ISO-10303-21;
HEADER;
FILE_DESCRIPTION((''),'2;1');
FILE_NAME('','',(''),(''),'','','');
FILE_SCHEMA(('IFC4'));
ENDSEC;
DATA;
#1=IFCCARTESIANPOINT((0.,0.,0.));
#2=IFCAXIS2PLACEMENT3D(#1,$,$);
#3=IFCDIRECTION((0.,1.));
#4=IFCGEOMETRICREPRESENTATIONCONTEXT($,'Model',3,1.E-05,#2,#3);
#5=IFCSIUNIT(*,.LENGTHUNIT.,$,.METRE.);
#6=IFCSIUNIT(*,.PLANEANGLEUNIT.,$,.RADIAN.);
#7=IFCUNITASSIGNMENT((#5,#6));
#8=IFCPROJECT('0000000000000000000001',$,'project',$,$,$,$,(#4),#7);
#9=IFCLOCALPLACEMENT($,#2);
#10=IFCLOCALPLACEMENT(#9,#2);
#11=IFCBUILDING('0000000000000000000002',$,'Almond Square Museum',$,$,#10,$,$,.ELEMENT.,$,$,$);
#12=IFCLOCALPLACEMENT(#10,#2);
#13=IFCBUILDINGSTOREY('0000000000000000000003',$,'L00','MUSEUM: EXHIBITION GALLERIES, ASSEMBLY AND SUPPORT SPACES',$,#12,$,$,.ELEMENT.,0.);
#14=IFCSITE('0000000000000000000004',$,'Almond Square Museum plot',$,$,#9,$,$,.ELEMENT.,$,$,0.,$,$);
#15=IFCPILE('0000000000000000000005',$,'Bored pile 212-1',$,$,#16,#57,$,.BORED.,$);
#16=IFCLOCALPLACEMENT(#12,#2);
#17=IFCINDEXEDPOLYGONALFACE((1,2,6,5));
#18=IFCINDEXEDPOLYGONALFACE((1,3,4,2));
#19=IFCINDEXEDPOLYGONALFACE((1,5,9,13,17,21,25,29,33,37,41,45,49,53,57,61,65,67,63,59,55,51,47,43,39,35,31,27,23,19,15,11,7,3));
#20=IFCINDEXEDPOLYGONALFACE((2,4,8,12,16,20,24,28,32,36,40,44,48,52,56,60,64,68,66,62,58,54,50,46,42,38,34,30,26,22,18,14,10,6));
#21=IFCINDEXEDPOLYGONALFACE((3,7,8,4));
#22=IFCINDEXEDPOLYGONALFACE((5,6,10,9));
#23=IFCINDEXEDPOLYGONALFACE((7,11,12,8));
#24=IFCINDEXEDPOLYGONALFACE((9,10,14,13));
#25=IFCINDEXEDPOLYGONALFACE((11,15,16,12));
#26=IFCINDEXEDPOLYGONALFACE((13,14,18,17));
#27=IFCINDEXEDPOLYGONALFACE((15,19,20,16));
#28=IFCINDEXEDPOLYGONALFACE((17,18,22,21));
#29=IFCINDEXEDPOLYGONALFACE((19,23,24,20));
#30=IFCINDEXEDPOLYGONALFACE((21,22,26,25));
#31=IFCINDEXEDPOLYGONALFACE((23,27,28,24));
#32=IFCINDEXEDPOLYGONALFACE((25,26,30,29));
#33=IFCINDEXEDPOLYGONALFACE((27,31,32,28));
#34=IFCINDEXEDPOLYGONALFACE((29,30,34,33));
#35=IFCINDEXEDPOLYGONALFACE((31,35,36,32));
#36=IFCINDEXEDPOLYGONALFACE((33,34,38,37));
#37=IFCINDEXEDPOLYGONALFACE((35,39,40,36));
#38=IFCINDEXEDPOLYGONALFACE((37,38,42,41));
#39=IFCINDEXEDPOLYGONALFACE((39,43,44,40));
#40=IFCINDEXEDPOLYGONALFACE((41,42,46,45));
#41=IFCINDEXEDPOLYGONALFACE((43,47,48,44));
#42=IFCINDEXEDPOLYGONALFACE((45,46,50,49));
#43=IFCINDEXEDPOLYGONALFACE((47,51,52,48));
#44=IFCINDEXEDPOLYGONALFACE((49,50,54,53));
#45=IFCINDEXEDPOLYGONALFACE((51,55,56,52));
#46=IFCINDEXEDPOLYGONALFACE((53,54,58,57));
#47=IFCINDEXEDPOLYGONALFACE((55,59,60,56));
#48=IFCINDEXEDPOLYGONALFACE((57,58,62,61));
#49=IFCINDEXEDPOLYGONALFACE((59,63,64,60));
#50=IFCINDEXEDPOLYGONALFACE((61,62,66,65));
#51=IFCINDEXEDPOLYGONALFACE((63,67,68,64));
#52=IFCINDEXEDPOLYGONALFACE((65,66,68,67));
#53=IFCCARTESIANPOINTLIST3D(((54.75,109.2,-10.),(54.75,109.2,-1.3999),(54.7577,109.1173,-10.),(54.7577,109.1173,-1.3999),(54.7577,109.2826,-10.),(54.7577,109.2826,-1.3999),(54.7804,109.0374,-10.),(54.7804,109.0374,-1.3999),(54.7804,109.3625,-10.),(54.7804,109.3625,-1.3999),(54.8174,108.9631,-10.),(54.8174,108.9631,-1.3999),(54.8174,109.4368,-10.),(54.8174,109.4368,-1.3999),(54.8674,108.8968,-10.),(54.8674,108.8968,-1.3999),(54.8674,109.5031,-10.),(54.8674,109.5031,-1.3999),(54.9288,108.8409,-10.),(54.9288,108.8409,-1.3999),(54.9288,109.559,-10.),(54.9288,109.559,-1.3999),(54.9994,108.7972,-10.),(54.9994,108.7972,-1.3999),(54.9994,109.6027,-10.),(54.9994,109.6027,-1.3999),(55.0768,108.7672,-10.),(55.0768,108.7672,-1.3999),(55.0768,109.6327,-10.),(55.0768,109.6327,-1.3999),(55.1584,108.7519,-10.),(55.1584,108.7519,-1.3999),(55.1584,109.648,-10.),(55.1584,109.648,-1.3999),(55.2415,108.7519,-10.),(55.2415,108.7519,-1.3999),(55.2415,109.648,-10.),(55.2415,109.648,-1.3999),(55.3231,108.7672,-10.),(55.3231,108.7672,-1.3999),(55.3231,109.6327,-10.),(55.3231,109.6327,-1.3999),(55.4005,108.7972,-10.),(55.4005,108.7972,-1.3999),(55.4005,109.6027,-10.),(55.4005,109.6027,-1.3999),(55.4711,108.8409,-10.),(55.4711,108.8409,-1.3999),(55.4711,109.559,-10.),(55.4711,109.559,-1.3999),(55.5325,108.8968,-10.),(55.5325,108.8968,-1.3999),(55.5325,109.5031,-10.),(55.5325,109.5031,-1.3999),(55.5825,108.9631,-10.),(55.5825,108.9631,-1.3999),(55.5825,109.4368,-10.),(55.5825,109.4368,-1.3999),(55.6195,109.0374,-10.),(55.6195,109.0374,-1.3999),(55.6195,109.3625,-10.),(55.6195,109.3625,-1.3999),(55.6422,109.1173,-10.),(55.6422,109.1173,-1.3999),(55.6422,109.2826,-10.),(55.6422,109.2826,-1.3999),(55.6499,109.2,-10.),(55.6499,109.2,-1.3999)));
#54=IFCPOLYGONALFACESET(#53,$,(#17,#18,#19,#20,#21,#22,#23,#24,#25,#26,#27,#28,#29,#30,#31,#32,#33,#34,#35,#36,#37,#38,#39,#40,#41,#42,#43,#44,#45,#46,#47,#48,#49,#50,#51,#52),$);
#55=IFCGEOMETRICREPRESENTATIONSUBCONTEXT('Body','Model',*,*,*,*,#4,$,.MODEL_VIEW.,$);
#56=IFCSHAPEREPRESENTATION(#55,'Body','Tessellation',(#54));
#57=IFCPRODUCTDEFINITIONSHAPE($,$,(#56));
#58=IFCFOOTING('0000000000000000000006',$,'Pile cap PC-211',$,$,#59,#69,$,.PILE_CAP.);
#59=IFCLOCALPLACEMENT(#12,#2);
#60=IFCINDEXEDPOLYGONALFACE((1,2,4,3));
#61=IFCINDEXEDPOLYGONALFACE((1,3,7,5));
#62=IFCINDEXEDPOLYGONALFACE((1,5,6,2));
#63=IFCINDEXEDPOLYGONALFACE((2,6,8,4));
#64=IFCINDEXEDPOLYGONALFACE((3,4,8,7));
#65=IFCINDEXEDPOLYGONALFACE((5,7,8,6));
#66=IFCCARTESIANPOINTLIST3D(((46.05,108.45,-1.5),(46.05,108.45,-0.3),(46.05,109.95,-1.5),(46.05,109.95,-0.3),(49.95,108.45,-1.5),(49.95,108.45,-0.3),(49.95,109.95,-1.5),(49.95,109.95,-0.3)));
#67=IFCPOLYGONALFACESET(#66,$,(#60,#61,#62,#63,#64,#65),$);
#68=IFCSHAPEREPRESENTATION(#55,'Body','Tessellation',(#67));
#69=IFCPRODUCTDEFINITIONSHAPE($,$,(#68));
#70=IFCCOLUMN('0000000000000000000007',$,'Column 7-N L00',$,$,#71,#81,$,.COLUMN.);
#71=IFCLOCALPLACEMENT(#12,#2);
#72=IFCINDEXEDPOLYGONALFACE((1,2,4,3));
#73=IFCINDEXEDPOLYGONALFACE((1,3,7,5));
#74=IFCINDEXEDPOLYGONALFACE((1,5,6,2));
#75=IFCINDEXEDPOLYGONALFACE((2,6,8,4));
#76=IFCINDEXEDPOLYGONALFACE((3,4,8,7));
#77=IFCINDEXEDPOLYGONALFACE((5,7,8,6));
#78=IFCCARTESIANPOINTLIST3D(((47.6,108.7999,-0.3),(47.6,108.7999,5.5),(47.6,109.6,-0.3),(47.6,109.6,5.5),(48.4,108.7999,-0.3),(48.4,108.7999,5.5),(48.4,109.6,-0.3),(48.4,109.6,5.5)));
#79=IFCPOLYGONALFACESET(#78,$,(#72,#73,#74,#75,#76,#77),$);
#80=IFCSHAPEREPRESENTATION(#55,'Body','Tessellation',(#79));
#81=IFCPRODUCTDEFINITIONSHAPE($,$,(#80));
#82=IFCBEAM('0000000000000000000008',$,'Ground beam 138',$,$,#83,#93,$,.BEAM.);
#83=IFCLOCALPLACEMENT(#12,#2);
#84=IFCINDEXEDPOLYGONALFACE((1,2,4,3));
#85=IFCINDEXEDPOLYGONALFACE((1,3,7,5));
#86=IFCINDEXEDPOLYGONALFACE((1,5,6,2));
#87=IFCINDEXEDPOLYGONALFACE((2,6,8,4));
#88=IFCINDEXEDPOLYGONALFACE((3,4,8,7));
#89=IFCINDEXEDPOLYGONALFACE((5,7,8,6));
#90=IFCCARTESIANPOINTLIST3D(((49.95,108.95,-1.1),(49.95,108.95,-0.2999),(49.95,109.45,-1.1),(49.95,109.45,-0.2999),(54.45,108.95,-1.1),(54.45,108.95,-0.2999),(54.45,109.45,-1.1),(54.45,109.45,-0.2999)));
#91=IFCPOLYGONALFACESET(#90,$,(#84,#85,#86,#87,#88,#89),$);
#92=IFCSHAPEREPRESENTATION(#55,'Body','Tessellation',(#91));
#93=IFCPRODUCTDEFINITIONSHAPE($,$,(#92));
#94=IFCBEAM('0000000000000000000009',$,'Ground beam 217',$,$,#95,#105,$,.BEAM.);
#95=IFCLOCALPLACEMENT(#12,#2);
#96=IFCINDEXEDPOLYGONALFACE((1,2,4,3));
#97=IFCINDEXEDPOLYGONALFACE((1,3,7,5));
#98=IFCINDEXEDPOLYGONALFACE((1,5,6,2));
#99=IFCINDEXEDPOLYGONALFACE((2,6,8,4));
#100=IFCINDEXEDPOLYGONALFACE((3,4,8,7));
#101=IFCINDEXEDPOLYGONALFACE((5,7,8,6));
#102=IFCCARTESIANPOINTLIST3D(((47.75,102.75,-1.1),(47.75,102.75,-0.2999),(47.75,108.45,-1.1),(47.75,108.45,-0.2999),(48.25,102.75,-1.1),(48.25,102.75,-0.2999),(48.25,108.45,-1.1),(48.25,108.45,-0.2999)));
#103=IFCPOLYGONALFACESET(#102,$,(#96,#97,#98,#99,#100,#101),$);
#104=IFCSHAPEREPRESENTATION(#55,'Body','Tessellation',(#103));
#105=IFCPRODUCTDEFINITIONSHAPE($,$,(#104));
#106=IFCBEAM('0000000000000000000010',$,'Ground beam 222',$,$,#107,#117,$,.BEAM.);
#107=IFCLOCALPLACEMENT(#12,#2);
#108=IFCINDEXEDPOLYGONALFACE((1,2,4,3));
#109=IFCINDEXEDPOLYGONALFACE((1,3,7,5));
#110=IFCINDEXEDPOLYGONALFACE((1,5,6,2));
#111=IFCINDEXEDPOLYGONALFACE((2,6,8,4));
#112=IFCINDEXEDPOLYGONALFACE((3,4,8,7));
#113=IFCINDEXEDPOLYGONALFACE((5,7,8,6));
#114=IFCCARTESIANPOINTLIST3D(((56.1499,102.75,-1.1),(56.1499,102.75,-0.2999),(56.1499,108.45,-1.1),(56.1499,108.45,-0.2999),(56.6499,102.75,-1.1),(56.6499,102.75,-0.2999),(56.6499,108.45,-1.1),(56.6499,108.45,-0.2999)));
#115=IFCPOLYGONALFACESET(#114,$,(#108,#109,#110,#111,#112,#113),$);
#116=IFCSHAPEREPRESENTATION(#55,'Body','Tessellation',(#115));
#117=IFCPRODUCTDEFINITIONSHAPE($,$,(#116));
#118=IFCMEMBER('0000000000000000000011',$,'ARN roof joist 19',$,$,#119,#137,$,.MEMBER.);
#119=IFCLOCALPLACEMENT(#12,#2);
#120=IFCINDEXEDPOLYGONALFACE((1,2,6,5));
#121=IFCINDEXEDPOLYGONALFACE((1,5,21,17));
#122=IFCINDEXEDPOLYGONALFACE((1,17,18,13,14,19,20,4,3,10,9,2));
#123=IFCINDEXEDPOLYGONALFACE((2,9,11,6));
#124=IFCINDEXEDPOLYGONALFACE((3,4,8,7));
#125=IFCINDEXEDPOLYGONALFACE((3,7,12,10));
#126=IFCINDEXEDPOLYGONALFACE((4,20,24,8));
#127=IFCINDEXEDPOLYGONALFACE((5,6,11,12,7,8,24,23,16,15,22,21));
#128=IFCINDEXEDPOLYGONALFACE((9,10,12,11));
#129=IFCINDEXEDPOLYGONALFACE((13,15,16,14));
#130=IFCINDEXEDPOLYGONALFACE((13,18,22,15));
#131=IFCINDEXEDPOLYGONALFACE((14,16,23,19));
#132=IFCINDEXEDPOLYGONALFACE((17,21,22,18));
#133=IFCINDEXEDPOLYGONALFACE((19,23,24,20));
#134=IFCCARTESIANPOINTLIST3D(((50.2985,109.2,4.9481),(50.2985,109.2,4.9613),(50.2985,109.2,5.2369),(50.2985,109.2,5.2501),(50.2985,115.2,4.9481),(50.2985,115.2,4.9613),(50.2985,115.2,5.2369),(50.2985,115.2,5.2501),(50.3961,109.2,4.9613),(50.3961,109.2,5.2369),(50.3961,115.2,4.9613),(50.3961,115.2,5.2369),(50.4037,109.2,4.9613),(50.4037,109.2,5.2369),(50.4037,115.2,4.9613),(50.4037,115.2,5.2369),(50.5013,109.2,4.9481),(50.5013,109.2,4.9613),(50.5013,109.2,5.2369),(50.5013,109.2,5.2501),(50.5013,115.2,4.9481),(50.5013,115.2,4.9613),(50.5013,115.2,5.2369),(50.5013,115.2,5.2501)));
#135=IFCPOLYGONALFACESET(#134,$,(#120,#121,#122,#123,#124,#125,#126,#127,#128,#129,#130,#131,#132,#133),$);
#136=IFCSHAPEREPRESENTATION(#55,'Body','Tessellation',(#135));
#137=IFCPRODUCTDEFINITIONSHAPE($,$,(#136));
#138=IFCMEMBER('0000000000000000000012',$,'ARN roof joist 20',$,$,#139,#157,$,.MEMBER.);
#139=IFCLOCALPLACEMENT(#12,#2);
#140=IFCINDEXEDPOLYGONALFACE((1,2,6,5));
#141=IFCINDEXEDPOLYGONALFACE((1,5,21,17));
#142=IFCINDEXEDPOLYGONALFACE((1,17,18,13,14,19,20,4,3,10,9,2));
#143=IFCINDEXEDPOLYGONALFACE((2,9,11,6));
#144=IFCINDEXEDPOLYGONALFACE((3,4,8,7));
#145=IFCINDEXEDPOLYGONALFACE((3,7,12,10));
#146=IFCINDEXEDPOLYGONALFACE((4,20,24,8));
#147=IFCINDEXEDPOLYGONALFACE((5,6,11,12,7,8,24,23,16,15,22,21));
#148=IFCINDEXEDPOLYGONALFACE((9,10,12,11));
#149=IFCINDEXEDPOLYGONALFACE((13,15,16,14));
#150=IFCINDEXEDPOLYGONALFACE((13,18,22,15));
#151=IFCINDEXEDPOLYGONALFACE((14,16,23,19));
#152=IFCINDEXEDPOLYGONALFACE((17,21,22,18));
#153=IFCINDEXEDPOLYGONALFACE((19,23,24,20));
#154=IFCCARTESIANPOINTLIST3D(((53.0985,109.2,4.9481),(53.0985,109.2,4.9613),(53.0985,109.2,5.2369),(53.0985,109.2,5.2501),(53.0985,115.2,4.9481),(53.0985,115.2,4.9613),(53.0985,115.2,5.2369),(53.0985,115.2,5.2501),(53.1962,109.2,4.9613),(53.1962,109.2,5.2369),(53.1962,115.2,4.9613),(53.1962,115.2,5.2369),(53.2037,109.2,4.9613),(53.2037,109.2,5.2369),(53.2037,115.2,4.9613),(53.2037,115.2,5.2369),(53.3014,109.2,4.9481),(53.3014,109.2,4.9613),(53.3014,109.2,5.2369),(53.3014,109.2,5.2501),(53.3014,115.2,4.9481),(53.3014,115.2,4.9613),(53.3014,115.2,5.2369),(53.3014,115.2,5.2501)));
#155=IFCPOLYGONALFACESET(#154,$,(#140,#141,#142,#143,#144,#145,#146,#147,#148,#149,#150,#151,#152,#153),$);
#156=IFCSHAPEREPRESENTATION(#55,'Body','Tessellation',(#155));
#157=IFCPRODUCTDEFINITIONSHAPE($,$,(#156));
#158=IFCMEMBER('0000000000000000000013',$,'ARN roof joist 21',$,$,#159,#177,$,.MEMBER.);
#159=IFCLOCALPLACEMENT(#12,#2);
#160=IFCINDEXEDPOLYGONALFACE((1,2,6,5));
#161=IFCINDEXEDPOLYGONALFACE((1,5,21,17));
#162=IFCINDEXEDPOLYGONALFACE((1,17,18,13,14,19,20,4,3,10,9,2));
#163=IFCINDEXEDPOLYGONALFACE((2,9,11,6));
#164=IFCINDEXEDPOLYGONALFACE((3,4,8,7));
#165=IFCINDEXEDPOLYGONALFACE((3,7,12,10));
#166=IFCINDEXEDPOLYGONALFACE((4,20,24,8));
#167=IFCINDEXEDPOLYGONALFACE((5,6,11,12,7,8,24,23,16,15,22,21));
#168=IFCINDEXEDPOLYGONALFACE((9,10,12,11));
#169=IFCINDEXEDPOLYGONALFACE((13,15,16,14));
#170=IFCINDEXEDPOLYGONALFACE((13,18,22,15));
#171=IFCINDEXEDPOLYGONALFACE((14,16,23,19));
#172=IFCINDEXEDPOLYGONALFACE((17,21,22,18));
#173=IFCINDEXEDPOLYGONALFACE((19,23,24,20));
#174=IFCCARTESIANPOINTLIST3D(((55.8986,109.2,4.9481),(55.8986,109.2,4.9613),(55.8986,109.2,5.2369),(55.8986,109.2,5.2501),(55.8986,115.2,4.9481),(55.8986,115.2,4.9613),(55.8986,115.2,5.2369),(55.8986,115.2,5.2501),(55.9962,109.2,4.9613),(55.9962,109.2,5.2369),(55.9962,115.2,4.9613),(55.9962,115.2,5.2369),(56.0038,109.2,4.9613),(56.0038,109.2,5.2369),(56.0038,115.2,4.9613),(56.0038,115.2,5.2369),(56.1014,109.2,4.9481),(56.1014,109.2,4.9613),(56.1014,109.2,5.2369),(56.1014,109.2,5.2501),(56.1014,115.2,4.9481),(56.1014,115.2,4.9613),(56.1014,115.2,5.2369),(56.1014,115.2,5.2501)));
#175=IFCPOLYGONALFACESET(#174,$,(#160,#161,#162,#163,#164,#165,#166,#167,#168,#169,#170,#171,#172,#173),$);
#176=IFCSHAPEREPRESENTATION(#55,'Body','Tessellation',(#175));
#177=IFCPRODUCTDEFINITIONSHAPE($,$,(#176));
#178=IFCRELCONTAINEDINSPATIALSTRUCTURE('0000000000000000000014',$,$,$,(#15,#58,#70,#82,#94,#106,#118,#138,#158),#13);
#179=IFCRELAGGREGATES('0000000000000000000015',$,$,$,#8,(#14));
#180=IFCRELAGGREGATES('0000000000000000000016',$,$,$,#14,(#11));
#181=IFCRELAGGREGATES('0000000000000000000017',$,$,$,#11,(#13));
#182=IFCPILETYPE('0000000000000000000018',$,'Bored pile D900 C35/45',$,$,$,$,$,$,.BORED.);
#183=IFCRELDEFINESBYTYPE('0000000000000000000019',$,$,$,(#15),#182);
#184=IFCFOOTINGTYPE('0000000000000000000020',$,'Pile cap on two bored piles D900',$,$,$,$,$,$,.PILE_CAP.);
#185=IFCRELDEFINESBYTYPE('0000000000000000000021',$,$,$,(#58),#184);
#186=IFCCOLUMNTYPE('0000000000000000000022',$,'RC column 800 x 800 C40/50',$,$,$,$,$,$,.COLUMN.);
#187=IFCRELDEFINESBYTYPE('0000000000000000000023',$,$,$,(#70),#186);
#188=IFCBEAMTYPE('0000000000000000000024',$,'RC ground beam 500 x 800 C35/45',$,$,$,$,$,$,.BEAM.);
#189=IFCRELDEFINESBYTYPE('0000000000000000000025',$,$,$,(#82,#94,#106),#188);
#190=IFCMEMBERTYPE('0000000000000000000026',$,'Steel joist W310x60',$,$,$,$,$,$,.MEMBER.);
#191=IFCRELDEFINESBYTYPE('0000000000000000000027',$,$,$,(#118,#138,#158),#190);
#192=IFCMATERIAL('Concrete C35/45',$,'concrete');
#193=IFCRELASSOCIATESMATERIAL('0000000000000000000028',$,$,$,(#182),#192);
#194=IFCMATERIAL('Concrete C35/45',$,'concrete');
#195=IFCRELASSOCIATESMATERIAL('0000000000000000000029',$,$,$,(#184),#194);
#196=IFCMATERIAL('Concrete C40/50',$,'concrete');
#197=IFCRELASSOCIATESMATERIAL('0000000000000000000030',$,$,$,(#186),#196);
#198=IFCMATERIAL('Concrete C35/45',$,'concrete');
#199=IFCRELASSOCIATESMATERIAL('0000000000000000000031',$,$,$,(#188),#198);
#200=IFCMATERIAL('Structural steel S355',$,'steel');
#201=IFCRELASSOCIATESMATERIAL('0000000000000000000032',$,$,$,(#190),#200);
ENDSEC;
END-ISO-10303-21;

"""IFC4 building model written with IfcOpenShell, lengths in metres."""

from ifc_helpers import new_model, si_unit, direction, frame, origin, origin_2d, place, context, subcontext, project, spatial, rectangle, circle, i_section, extrude, material, material_profile, profile_set, type_object, element, save


model = new_model("IFC4")

# Units and contexts
model_context = context("Model", 3, precision=1e-05, world=origin(), true_north=direction((0.0, 1.0)))
body_context = subcontext(model_context, "Body", "Model", "MODEL_VIEW")
ifc_project = project(units=[si_unit("LENGTHUNIT", "METRE"), si_unit("PLANEANGLEUNIT", "RADIAN")], contexts=[model_context])

# Site, building, storey
site_placement = place(None, origin())
site = spatial("IfcSite", under=ifc_project, at=site_placement, Name="Almond Square Museum plot", CompositionType="ELEMENT", RefElevation=0.0)
building_placement = place(site_placement, origin())
building = spatial("IfcBuilding", under=site, at=building_placement, Name="Almond Square Museum", CompositionType="ELEMENT")
storey_placement = place(building_placement, origin())
storey = spatial("IfcBuildingStorey", under=building, at=storey_placement, Name="L00", Description="MUSEUM: EXHIBITION GALLERIES, ASSEMBLY AND SUPPORT SPACES", CompositionType="ELEMENT", Elevation=0.0)

# Pile
ifc_material_1 = material(Name="Concrete C35/45", Category="concrete")
ifc_material_profile_1 = material_profile(ifc_material_1, circle(Radius=0.45, at=origin_2d()))
ifc_profile_set_1 = profile_set([ifc_material_profile_1], Name="Concrete C35/45")
pile_type = type_object("IfcPileType", Name="Bored pile D900 C35/45", PredefinedType="BORED", material=ifc_profile_set_1)
for number, where, z_axis, x_axis, name in (
    (1, (55.2, 109.2, -1.3999), (0.0, 0.0, -1.0), (1.0, 0.0, 0.0), "Bored pile 212-1"),
):
    element("IfcPile", number, at=place(storey_placement, frame(where, z_axis=z_axis, x_axis=x_axis)), inside=storey, type_object=pile_type, Name=name, PredefinedType="BORED", context=body_context, shape_type="SweptSolid", body=[
        extrude(circle(Radius=0.45, at=origin_2d()), origin(), (0.0, 0.0, 1.0), 8.6001),
    ])

# Footing
ifc_material_2 = material(Name="Concrete C35/45", Category="concrete")
footing_type = type_object("IfcFootingType", Name="Pile cap on two bored piles D900", PredefinedType="PILE_CAP", material=ifc_material_2)
footing_placement = place(storey_placement, frame((48.0, 109.2, -1.5), z_axis=(0.0, 0.0, 1.0), x_axis=(1.0, 0.0, 0.0)))
element("IfcFooting", 2, at=footing_placement, inside=storey, type_object=footing_type, Name="Pile cap PC-211", PredefinedType="PILE_CAP", context=body_context, shape_type="SweptSolid", body=[
    extrude(rectangle(XDim=3.8999, YDim=1.5, at=origin_2d()), origin(), (0.0, 0.0, 1.0), 1.2),
])

# Column
ifc_material_3 = material(Name="Concrete C40/50", Category="concrete")
ifc_material_profile_2 = material_profile(ifc_material_3, rectangle(XDim=0.8, YDim=0.8, at=origin_2d()))
ifc_profile_set_2 = profile_set([ifc_material_profile_2], Name="Concrete C40/50")
column_type = type_object("IfcColumnType", Name="RC column 800 x 800 C40/50", PredefinedType="COLUMN", material=ifc_profile_set_2)
column_placement = place(storey_placement, frame((48.0, 109.2, -0.3), z_axis=(0.0, 0.0, 1.0), x_axis=(1.0, 0.0, 0.0)))
element("IfcColumn", 3, at=column_placement, inside=storey, type_object=column_type, Name="Column 7-N L00", PredefinedType="COLUMN", context=body_context, shape_type="SweptSolid", body=[
    extrude(rectangle(XDim=0.8, YDim=0.8, at=origin_2d()), origin(), (0.0, 0.0, 1.0), 5.8),
])

# Beams
ifc_material_4 = material(Name="Concrete C35/45", Category="concrete")
ifc_material_profile_3 = material_profile(ifc_material_4, rectangle(XDim=0.5, YDim=0.8, at=origin_2d()))
ifc_profile_set_3 = profile_set([ifc_material_profile_3], Name="Concrete C35/45")
beam_type = type_object("IfcBeamType", Name="RC ground beam 500 x 800 C35/45", PredefinedType="BEAM", material=ifc_profile_set_3)
beam_placement = place(storey_placement, frame((49.95, 109.2, -0.7), z_axis=(1.0, 0.0, 0.0), x_axis=(0.0, 1.0, 0.0)))
element("IfcBeam", 4, at=beam_placement, inside=storey, type_object=beam_type, Name="Ground beam 138", PredefinedType="BEAM", context=body_context, shape_type="SweptSolid", body=[
    extrude(rectangle(XDim=0.5, YDim=0.8, at=origin_2d()), origin(), (0.0, 0.0, 1.0), 4.5),
])
for number, where, z_axis, x_axis, name in (
    (5, (48.0, 102.75, -0.7), (0.0, 1.0, 0.0), (-1.0, 0.0, 0.0), "Ground beam 217"),
    (6, (56.3999, 102.75, -0.7), (0.0, 1.0, 0.0), (-1.0, 0.0, 0.0), "Ground beam 222"),
):
    element("IfcBeam", number, at=place(storey_placement, frame(where, z_axis=z_axis, x_axis=x_axis)), inside=storey, type_object=beam_type, Name=name, PredefinedType="BEAM", context=body_context, shape_type="SweptSolid", body=[
        extrude(rectangle(XDim=0.5, YDim=0.8, at=origin_2d()), origin(), (0.0, 0.0, 1.0), 5.7),
    ])

# Members
ifc_material_5 = material(Name="Structural steel S355", Category="steel")
ifc_material_profile_4 = material_profile(ifc_material_5, i_section(OverallWidth=0.2029, OverallDepth=0.302, WebThickness=0.0076, FlangeThickness=0.0132, at=origin_2d()))
ifc_profile_set_4 = profile_set([ifc_material_profile_4], Name="Structural steel S355")
member_type = type_object("IfcMemberType", Name="Steel joist W310x60", PredefinedType="MEMBER", material=ifc_profile_set_4)
for number, where, z_axis, x_axis, name in (
    (7, (50.3999, 109.2, 5.0991), (0.0, 1.0, 0.0), (-1.0, 0.0, 0.0), "ARN roof joist 19"),
    (8, (53.2, 109.2, 5.0991), (0.0, 1.0, 0.0), (-1.0, 0.0, 0.0), "ARN roof joist 20"),
    (9, (56.0, 109.2, 5.0991), (0.0, 1.0, 0.0), (-1.0, 0.0, 0.0), "ARN roof joist 21"),
):
    element("IfcMember", number, at=place(storey_placement, frame(where, z_axis=z_axis, x_axis=x_axis)), inside=storey, type_object=member_type, Name=name, PredefinedType="MEMBER", context=body_context, shape_type="SweptSolid", body=[
        extrude(i_section(OverallWidth=0.2029, OverallDepth=0.302, WebThickness=0.0076, FlangeThickness=0.0132, at=origin_2d()), origin(), (0.0, 0.0, 1.0), 6.0),
    ])

save(model, "model.ifc")
